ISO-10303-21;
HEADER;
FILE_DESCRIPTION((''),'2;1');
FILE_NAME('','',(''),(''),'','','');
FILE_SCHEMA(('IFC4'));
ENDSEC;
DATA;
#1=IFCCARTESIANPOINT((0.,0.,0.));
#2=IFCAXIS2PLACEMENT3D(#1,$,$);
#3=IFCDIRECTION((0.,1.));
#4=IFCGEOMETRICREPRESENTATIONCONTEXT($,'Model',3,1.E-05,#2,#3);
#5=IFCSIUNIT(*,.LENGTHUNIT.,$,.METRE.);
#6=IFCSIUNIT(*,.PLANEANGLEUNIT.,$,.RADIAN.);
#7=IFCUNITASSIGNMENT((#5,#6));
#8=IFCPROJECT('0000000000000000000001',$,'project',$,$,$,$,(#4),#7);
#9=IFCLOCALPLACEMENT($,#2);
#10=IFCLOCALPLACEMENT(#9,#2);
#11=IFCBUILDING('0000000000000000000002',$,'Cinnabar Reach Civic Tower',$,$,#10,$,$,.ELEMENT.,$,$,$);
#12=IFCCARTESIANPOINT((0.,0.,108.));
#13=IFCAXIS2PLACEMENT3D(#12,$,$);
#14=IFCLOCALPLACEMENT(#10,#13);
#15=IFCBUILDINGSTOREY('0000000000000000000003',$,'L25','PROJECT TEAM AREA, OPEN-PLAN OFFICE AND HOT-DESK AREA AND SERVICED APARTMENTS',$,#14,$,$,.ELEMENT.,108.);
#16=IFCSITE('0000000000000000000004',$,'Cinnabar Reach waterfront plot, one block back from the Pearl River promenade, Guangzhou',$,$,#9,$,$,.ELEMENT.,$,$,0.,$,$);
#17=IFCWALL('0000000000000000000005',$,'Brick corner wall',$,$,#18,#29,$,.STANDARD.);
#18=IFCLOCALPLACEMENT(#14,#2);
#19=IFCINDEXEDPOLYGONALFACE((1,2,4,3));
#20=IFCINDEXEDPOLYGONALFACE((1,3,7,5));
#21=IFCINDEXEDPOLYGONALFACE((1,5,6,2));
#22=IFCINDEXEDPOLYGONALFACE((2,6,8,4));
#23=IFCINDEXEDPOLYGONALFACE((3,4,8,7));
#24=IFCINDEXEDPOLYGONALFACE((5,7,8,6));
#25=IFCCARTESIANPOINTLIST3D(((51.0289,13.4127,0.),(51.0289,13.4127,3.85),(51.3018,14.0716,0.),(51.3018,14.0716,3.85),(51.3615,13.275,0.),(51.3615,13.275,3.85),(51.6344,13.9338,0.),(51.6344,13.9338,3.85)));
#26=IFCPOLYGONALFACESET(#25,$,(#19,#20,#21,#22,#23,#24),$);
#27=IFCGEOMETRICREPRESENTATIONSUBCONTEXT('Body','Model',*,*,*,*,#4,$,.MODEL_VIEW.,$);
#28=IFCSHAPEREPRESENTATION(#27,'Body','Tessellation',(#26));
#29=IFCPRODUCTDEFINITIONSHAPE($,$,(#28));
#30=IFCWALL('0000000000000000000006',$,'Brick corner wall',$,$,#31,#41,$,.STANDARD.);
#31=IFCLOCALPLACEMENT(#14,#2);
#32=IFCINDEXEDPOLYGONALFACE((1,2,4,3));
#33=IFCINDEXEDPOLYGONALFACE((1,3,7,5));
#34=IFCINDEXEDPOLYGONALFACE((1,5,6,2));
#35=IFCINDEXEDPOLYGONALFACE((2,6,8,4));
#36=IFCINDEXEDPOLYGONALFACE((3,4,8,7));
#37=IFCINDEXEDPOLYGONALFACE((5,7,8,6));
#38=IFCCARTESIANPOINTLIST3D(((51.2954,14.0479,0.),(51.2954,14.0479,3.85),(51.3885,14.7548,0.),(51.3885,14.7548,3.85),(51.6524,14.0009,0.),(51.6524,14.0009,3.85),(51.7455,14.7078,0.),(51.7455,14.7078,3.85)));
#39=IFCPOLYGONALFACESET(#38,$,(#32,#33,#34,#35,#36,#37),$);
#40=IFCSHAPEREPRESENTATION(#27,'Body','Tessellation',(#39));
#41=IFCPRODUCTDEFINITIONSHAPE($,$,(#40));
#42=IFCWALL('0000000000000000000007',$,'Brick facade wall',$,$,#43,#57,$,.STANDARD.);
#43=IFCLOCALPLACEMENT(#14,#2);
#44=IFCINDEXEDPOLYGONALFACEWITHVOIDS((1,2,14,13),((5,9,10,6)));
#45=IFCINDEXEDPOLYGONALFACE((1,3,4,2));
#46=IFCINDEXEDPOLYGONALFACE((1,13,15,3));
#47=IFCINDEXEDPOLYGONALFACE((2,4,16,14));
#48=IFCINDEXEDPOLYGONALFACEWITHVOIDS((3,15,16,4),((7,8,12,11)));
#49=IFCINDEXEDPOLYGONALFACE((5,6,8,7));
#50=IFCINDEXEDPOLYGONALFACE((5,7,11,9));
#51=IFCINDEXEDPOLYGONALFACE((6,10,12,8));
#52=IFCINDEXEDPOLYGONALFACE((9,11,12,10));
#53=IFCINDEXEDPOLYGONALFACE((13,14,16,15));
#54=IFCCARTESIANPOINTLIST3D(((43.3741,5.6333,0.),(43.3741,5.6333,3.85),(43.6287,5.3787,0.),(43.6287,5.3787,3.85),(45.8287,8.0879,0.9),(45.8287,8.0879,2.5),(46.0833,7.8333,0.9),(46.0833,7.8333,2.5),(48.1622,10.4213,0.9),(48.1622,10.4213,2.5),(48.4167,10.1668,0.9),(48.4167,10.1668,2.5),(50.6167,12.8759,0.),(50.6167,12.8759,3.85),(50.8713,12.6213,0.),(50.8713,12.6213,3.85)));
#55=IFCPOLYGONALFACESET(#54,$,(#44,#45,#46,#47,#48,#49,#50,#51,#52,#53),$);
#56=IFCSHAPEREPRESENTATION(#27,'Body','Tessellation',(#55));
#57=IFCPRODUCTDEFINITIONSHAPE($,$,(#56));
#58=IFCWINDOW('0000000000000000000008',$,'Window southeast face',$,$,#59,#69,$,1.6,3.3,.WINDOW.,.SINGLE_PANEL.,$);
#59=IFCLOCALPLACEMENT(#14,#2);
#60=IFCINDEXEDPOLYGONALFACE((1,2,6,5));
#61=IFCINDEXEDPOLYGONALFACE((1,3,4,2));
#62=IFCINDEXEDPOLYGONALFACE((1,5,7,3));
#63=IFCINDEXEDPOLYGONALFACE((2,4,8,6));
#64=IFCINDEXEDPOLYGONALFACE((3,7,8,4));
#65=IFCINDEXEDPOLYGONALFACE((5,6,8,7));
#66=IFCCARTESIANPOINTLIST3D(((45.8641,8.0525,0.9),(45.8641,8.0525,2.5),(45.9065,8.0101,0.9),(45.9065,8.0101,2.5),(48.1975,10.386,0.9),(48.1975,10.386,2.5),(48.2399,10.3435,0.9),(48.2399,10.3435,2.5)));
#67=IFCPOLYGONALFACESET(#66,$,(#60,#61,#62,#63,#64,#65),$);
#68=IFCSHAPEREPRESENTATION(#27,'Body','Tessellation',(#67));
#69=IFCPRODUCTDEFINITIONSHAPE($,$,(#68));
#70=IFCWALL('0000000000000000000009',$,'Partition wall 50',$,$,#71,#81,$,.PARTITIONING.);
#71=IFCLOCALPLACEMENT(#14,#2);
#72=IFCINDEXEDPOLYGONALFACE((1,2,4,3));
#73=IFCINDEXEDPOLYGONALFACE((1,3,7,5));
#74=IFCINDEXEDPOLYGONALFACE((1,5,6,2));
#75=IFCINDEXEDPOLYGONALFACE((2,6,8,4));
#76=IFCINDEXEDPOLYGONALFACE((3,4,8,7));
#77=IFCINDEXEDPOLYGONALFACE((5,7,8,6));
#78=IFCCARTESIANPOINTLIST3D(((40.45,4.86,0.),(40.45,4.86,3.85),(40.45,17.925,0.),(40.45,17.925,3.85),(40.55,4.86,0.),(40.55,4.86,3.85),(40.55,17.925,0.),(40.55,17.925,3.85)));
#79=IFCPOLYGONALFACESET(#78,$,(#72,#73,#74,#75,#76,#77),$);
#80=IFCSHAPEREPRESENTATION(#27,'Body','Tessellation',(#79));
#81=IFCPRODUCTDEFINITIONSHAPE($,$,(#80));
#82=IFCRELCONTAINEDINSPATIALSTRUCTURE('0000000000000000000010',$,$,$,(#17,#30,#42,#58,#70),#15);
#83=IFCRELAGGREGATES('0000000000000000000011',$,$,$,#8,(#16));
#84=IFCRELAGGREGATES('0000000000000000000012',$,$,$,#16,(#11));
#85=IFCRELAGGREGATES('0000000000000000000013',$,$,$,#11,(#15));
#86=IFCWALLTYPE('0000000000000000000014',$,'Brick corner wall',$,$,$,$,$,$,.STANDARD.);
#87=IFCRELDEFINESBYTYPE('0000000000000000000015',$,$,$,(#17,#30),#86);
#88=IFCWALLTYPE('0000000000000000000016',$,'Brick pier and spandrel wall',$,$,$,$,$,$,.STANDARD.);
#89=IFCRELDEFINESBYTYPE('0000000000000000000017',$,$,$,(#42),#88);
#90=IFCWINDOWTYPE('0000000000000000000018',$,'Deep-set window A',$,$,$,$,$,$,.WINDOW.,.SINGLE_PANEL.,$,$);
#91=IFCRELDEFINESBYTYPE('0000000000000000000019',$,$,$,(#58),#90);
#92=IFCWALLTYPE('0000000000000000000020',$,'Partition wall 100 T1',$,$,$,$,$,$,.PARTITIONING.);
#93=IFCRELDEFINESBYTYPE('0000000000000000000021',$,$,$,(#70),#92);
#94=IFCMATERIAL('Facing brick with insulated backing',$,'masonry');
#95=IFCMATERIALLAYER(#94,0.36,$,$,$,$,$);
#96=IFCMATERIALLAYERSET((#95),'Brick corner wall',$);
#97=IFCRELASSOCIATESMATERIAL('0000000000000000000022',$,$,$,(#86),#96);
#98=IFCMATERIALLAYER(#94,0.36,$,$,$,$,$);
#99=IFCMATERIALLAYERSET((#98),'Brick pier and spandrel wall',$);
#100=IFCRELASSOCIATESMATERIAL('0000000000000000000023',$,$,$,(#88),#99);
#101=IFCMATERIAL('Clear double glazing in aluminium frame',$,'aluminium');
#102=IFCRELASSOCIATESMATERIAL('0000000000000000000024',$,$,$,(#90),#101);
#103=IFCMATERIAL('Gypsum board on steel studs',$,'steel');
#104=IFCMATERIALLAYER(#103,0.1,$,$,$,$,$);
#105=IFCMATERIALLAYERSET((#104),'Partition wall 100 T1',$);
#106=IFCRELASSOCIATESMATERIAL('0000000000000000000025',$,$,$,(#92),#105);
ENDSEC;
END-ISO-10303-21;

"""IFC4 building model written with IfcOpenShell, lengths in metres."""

from ifc_helpers import new_model, si_unit, direction, frame, frame_2d, origin, place, context, subcontext, project, spatial, rectangle, extrude, material, layer, layer_set, type_object, element, fill, save


model = new_model("IFC4")

# Units and contexts
model_context = context("Model", 3, precision=1e-05, world=origin(), true_north=direction((0.0, 1.0)))
body_context = subcontext(model_context, "Body", "Model", "MODEL_VIEW")
ifc_project = project(units=[si_unit("LENGTHUNIT", "METRE"), si_unit("PLANEANGLEUNIT", "RADIAN")], contexts=[model_context])

# Site, building, storey
site_placement = place(None, origin())
site = spatial("IfcSite", under=ifc_project, at=site_placement, Name="Cinnabar Reach waterfront plot, one block back from the Pearl River promenade, Guangzhou", CompositionType="ELEMENT", RefElevation=0.0)
building_placement = place(site_placement, origin())
building = spatial("IfcBuilding", under=site, at=building_placement, Name="Cinnabar Reach Civic Tower", CompositionType="ELEMENT")
storey_placement = place(building_placement, frame((0.0, 0.0, 108.0)))
storey = spatial("IfcBuildingStorey", under=building, at=storey_placement, Name="L25", Description="PROJECT TEAM AREA, OPEN-PLAN OFFICE AND HOT-DESK AREA AND SERVICED APARTMENTS", CompositionType="ELEMENT", Elevation=108.0)

# Walls
ifc_material_1 = material(Name="Facing brick with insulated backing", Category="masonry")
ifc_layer_1 = layer(ifc_material_1, 0.36)
ifc_layer_set_1 = layer_set([ifc_layer_1], Name="Brick corner wall")
wall_type_1 = type_object("IfcWallType", Name="Brick corner wall", PredefinedType="STANDARD", material=ifc_layer_set_1)
for number, where, z_axis, x_axis, name in (
    (1, (51.1952, 13.3439, 0.0), (0.0, 0.0, 1.0), (0.382703, 0.923872, 0.0), "Brick corner wall"),
    (2, (51.4739, 14.0244, 0.0), (0.0, 0.0, 1.0), (0.130556, 0.991441, 0.0), "Brick corner wall"),
):
    element("IfcWall", number, at=place(storey_placement, frame(where, z_axis=z_axis, x_axis=x_axis)), inside=storey, type_object=wall_type_1, Name=name, PredefinedType="STANDARD", context=body_context, shape_type="SweptSolid", body=[
        extrude(rectangle(XDim=0.7131, YDim=0.36, at=frame_2d((0.3565, 0.0))), origin(), (0.0, 0.0, 1.0), 3.85),
    ])

# Wall, opening, window
ifc_layer_2 = layer(ifc_material_1, 0.36)
ifc_layer_set_2 = layer_set([ifc_layer_2], Name="Brick pier and spandrel wall")
wall_type_2 = type_object("IfcWallType", Name="Brick pier and spandrel wall", PredefinedType="STANDARD", material=ifc_layer_set_2)
wall_1_placement = place(storey_placement, frame((43.5014, 5.506, 0.0), z_axis=(0.0, 0.0, 1.0), x_axis=(0.707107, 0.707107, 0.0)))
wall_1 = element("IfcWall", 3, at=wall_1_placement, inside=storey, type_object=wall_type_2, Name="Brick facade wall", PredefinedType="STANDARD", context=body_context, shape_type="SweptSolid", body=[
    extrude(rectangle(XDim=10.2426, YDim=0.36, at=frame_2d((5.1213, 0.0))), origin(), (0.0, 0.0, 1.0), 3.85),
])
opening_placement = place(wall_1_placement, frame((3.4713, 0.0, 0.9)))
opening = element("IfcOpeningElement", 4, at=opening_placement, cuts=wall_1, PredefinedType="OPENING", context=body_context, shape_type="SweptSolid", body=[
    extrude(rectangle(XDim=3.3, YDim=1.6, at=frame_2d((1.65, 0.8))), frame((0.0, 0.19, 0.0), z_axis=(0.0, -1.0, 0.0), x_axis=(1.0, 0.0, 0.0)), (0.0, 0.0, 1.0), 0.38),
])
ifc_material_2 = material(Name="Clear double glazing in aluminium frame", Category="aluminium")
window_type = type_object("IfcWindowType", Name="Deep-set window A", PartitioningType="SINGLE_PANEL", PredefinedType="WINDOW", material=ifc_material_2)
window_placement = place(opening_placement, origin())
window = element("IfcWindow", 5, at=window_placement, inside=storey, type_object=window_type, Name="Window southeast face", OverallHeight=1.6, OverallWidth=3.3, PartitioningType="SINGLE_PANEL", PredefinedType="WINDOW", context=body_context, shape_type="SweptSolid", body=[
    extrude(rectangle(XDim=3.3, YDim=1.6, at=frame_2d((1.65, 0.8))), frame((0.0, 0.13, 0.0), z_axis=(0.0, -1.0, 0.0), x_axis=(1.0, 0.0, 0.0)), (0.0, 0.0, 1.0), 0.06),
])
fill(opening, window)

# Wall
ifc_material_3 = material(Name="Gypsum board on steel studs", Category="steel")
ifc_layer_3 = layer(ifc_material_3, 0.1)
ifc_layer_set_3 = layer_set([ifc_layer_3], Name="Partition wall 100 T1")
wall_type_3 = type_object("IfcWallType", Name="Partition wall 100 T1", PredefinedType="PARTITIONING", material=ifc_layer_set_3)
wall_2_placement = place(storey_placement, frame((40.5, 4.86, 0.0), z_axis=(0.0, 0.0, 1.0), x_axis=(0.0, 1.0, 0.0)))
element("IfcWall", 6, at=wall_2_placement, inside=storey, type_object=wall_type_3, Name="Partition wall 50", PredefinedType="PARTITIONING", context=body_context, shape_type="SweptSolid", body=[
    extrude(rectangle(XDim=13.065, YDim=0.1, at=frame_2d((6.5325, 0.0))), origin(), (0.0, 0.0, 1.0), 3.85),
])

save(model, "model.ifc")
